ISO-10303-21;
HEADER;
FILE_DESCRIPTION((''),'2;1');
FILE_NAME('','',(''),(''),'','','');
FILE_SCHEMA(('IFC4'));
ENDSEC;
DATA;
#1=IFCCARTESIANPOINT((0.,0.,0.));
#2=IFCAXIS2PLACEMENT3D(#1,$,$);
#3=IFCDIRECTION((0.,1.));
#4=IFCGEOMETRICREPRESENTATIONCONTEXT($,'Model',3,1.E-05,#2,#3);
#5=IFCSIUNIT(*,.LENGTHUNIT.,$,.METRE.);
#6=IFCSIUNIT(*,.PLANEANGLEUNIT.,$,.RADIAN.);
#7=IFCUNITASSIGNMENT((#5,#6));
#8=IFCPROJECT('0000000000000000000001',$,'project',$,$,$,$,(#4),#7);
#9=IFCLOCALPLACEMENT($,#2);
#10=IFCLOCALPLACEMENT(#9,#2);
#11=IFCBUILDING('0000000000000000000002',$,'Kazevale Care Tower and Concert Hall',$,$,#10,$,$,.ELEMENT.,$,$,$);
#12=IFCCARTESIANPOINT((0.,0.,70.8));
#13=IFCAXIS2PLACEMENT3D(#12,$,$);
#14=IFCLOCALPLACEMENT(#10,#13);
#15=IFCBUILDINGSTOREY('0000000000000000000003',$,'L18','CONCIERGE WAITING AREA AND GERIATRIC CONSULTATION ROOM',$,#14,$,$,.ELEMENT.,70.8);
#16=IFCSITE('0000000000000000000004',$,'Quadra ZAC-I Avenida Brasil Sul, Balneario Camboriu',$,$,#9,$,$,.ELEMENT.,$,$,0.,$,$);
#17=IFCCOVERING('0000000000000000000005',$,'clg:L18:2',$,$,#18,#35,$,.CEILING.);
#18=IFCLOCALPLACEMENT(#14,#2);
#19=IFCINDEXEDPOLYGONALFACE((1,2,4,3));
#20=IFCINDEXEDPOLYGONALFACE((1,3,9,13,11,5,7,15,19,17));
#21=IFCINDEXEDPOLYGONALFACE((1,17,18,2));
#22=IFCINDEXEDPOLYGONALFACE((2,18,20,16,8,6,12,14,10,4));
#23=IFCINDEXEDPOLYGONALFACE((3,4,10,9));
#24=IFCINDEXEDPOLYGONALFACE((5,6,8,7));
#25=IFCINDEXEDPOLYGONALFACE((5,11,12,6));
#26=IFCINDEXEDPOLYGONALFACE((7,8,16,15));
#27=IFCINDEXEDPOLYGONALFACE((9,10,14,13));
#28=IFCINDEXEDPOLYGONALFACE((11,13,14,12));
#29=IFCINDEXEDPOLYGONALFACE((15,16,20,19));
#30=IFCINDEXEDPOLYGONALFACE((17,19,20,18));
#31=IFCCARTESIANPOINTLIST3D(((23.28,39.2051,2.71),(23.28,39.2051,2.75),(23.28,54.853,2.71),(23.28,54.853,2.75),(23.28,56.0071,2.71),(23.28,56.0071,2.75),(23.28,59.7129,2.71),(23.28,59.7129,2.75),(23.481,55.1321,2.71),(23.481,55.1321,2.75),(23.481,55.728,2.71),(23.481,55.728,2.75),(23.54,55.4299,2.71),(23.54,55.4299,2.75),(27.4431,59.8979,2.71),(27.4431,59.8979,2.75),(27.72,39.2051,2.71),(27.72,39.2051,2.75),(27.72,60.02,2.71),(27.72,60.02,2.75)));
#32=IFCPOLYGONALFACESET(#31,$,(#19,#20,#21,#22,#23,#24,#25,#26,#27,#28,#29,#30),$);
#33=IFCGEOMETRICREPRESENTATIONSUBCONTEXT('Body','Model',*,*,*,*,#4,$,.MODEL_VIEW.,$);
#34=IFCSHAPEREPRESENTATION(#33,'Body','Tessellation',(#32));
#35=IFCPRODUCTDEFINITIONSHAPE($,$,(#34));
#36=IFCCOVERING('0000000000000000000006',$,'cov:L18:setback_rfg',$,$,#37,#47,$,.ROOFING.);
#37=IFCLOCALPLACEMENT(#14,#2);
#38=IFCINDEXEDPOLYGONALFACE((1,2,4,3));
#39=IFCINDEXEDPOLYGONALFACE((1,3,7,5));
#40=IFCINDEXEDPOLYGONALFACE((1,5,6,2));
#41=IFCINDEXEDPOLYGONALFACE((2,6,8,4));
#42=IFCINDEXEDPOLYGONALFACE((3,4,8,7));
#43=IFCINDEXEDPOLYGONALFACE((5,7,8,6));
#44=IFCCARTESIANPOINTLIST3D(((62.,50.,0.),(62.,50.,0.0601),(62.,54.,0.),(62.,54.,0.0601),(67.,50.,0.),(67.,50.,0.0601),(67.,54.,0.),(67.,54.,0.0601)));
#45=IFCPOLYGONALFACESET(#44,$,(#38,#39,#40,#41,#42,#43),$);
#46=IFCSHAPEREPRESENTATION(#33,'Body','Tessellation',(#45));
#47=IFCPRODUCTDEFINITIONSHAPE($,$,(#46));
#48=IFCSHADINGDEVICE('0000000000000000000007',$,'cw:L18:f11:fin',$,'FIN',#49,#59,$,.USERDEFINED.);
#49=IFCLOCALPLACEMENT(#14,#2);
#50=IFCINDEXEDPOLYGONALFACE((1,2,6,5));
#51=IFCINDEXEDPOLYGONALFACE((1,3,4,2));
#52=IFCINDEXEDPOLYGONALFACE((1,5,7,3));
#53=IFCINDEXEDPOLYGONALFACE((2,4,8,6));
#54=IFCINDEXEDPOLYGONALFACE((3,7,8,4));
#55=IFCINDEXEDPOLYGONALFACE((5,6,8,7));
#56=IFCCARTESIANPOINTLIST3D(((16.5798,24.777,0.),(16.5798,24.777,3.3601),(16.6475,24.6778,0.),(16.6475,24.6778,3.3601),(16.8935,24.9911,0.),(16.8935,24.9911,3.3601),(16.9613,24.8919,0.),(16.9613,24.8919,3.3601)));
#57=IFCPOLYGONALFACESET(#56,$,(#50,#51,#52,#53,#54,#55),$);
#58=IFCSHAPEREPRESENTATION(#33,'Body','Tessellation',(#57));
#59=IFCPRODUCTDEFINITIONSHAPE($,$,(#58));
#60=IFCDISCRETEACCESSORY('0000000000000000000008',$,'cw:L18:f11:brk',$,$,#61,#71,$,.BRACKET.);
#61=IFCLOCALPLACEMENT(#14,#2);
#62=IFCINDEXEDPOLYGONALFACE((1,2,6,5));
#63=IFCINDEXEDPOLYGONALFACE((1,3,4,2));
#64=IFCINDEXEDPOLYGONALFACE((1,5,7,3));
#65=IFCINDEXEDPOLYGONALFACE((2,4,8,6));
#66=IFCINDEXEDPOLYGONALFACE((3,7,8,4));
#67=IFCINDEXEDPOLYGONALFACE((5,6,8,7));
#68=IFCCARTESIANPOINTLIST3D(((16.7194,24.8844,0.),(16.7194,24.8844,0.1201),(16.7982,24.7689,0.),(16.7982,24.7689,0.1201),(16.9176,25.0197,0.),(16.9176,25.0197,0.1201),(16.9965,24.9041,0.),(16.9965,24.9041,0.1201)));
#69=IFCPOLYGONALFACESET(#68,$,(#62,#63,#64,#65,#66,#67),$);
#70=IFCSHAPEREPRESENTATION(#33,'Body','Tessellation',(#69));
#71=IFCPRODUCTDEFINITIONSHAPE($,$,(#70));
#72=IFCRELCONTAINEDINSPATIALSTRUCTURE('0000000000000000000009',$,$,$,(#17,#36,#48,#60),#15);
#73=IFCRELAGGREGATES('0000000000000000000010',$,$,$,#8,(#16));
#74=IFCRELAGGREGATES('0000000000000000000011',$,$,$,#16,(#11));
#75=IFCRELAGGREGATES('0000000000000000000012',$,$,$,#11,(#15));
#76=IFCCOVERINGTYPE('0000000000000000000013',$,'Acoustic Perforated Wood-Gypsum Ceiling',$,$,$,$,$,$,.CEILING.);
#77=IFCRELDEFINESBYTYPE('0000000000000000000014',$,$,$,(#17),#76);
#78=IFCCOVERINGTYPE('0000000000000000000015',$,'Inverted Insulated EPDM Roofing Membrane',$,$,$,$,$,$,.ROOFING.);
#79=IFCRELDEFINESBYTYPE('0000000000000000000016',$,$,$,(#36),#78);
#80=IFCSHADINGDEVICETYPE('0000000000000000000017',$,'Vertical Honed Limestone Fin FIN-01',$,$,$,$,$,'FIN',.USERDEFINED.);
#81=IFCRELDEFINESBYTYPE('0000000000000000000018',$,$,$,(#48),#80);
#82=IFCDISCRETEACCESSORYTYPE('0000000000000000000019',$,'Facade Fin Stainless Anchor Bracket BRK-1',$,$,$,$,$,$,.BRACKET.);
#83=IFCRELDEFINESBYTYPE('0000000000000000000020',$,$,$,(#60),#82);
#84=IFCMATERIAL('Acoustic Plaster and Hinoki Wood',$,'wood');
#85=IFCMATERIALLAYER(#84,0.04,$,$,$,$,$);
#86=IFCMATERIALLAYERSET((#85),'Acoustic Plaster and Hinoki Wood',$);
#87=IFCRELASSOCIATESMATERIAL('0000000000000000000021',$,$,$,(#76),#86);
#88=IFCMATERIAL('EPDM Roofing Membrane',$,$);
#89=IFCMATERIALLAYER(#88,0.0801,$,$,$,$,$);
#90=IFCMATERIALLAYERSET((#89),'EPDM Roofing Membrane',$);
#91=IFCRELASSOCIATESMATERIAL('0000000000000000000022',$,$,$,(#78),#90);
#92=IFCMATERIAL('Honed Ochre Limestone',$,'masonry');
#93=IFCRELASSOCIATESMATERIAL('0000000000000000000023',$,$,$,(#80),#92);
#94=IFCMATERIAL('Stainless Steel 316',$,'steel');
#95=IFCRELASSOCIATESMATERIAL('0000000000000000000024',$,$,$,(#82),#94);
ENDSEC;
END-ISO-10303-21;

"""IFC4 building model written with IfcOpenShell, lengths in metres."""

from ifc_helpers import new_model, si_unit, direction, frame, origin, origin_2d, place, context, subcontext, project, spatial, polyline, rectangle, outline, extrude, material, layer, layer_set, type_object, element, save


model = new_model("IFC4")

# Units and contexts
model_context = context("Model", 3, precision=1e-05, world=origin(), true_north=direction((0.0, 1.0)))
body_context = subcontext(model_context, "Body", "Model", "MODEL_VIEW")
ifc_project = project(units=[si_unit("LENGTHUNIT", "METRE"), si_unit("PLANEANGLEUNIT", "RADIAN")], contexts=[model_context])

# Site, building, storey
site_placement = place(None, origin())
site = spatial("IfcSite", under=ifc_project, at=site_placement, Name="Quadra ZAC-I Avenida Brasil Sul, Balneario Camboriu", CompositionType="ELEMENT", RefElevation=0.0)
building_placement = place(site_placement, origin())
building = spatial("IfcBuilding", under=site, at=building_placement, Name="Kazevale Care Tower and Concert Hall", CompositionType="ELEMENT")
storey_placement = place(building_placement, frame((0.0, 0.0, 70.8)))
storey = spatial("IfcBuildingStorey", under=building, at=storey_placement, Name="L18", Description="CONCIERGE WAITING AREA AND GERIATRIC CONSULTATION ROOM", CompositionType="ELEMENT", Elevation=70.8)

# Coverings
ifc_material_1 = material(Name="Acoustic Plaster and Hinoki Wood", Category="wood")
ifc_layer_1 = layer(ifc_material_1, 0.04)
ifc_layer_set_1 = layer_set([ifc_layer_1], Name="Acoustic Plaster and Hinoki Wood")
covering_type_1 = type_object("IfcCoveringType", Name="Acoustic Perforated Wood-Gypsum Ceiling", PredefinedType="CEILING", material=ifc_layer_set_1)
covering_1_placement = place(storey_placement, frame((0.0, 0.0, 2.71)))
element("IfcCovering", 1, at=covering_1_placement, inside=storey, type_object=covering_type_1, Name="clg:L18:2", PredefinedType="CEILING", context=body_context, shape_type="SweptSolid", body=[
    extrude(outline(polyline([(27.4431, 59.8979), (27.72, 60.02), (27.72, 39.2051), (23.28, 39.2051), (23.28, 54.853), (23.481, 55.1321), (23.54, 55.4299), (23.481, 55.728), (23.28, 56.0071), (23.28, 59.7129), (27.4431, 59.8979)])), origin(), (0.0, 0.0, 1.0), 0.04),
])
ifc_material_2 = material(Name="EPDM Roofing Membrane")
ifc_layer_2 = layer(ifc_material_2, 0.0801)
ifc_layer_set_2 = layer_set([ifc_layer_2], Name="EPDM Roofing Membrane")
covering_type_2 = type_object("IfcCoveringType", Name="Inverted Insulated EPDM Roofing Membrane", PredefinedType="ROOFING", material=ifc_layer_set_2)
covering_2_placement = place(storey_placement, origin())
element("IfcCovering", 2, at=covering_2_placement, inside=storey, type_object=covering_type_2, Name="cov:L18:setback_rfg", PredefinedType="ROOFING", context=body_context, shape_type="SweptSolid", body=[
    extrude(outline(polyline([(62.0, 54.0), (67.0, 54.0), (67.0, 50.0), (62.0, 50.0), (62.0, 54.0)])), origin(), (0.0, 0.0, 1.0), 0.0601),
])

# Shading device
ifc_material_3 = material(Name="Honed Ochre Limestone", Category="masonry")
shading_device_type = type_object("IfcShadingDeviceType", Name="Vertical Honed Limestone Fin FIN-01", ElementType="FIN", PredefinedType="USERDEFINED", material=ifc_material_3)
shading_device_placement = place(storey_placement, frame((16.7705, 24.8345, 0.0), z_axis=(0.0, 0.0, 1.0), x_axis=(-0.826, -0.56367, 0.0)))
element("IfcShadingDevice", 3, at=shading_device_placement, inside=storey, type_object=shading_device_type, Name="cw:L18:f11:fin", ObjectType="FIN", PredefinedType="USERDEFINED", context=body_context, shape_type="SweptSolid", body=[
    extrude(rectangle(XDim=0.3799, YDim=0.1201, at=origin_2d()), origin(), (0.0, 0.0, 1.0), 3.3601),
])

# Discrete accessory
ifc_material_4 = material(Name="Stainless Steel 316", Category="steel")
discrete_accessory_type = type_object("IfcDiscreteAccessoryType", Name="Facade Fin Stainless Anchor Bracket BRK-1", PredefinedType="BRACKET", material=ifc_material_4)
discrete_accessory_placement = place(storey_placement, frame((16.8579, 24.8943, 0.0), z_axis=(0.0, 0.0, 1.0), x_axis=(-0.826, -0.56367, 0.0)))
element("IfcDiscreteAccessory", 4, at=discrete_accessory_placement, inside=storey, type_object=discrete_accessory_type, Name="cw:L18:f11:brk", PredefinedType="BRACKET", context=body_context, shape_type="SweptSolid", body=[
    extrude(rectangle(XDim=0.24, YDim=0.1399, at=origin_2d()), origin(), (0.0, 0.0, 1.0), 0.1201),
])

save(model, "model.ifc")
